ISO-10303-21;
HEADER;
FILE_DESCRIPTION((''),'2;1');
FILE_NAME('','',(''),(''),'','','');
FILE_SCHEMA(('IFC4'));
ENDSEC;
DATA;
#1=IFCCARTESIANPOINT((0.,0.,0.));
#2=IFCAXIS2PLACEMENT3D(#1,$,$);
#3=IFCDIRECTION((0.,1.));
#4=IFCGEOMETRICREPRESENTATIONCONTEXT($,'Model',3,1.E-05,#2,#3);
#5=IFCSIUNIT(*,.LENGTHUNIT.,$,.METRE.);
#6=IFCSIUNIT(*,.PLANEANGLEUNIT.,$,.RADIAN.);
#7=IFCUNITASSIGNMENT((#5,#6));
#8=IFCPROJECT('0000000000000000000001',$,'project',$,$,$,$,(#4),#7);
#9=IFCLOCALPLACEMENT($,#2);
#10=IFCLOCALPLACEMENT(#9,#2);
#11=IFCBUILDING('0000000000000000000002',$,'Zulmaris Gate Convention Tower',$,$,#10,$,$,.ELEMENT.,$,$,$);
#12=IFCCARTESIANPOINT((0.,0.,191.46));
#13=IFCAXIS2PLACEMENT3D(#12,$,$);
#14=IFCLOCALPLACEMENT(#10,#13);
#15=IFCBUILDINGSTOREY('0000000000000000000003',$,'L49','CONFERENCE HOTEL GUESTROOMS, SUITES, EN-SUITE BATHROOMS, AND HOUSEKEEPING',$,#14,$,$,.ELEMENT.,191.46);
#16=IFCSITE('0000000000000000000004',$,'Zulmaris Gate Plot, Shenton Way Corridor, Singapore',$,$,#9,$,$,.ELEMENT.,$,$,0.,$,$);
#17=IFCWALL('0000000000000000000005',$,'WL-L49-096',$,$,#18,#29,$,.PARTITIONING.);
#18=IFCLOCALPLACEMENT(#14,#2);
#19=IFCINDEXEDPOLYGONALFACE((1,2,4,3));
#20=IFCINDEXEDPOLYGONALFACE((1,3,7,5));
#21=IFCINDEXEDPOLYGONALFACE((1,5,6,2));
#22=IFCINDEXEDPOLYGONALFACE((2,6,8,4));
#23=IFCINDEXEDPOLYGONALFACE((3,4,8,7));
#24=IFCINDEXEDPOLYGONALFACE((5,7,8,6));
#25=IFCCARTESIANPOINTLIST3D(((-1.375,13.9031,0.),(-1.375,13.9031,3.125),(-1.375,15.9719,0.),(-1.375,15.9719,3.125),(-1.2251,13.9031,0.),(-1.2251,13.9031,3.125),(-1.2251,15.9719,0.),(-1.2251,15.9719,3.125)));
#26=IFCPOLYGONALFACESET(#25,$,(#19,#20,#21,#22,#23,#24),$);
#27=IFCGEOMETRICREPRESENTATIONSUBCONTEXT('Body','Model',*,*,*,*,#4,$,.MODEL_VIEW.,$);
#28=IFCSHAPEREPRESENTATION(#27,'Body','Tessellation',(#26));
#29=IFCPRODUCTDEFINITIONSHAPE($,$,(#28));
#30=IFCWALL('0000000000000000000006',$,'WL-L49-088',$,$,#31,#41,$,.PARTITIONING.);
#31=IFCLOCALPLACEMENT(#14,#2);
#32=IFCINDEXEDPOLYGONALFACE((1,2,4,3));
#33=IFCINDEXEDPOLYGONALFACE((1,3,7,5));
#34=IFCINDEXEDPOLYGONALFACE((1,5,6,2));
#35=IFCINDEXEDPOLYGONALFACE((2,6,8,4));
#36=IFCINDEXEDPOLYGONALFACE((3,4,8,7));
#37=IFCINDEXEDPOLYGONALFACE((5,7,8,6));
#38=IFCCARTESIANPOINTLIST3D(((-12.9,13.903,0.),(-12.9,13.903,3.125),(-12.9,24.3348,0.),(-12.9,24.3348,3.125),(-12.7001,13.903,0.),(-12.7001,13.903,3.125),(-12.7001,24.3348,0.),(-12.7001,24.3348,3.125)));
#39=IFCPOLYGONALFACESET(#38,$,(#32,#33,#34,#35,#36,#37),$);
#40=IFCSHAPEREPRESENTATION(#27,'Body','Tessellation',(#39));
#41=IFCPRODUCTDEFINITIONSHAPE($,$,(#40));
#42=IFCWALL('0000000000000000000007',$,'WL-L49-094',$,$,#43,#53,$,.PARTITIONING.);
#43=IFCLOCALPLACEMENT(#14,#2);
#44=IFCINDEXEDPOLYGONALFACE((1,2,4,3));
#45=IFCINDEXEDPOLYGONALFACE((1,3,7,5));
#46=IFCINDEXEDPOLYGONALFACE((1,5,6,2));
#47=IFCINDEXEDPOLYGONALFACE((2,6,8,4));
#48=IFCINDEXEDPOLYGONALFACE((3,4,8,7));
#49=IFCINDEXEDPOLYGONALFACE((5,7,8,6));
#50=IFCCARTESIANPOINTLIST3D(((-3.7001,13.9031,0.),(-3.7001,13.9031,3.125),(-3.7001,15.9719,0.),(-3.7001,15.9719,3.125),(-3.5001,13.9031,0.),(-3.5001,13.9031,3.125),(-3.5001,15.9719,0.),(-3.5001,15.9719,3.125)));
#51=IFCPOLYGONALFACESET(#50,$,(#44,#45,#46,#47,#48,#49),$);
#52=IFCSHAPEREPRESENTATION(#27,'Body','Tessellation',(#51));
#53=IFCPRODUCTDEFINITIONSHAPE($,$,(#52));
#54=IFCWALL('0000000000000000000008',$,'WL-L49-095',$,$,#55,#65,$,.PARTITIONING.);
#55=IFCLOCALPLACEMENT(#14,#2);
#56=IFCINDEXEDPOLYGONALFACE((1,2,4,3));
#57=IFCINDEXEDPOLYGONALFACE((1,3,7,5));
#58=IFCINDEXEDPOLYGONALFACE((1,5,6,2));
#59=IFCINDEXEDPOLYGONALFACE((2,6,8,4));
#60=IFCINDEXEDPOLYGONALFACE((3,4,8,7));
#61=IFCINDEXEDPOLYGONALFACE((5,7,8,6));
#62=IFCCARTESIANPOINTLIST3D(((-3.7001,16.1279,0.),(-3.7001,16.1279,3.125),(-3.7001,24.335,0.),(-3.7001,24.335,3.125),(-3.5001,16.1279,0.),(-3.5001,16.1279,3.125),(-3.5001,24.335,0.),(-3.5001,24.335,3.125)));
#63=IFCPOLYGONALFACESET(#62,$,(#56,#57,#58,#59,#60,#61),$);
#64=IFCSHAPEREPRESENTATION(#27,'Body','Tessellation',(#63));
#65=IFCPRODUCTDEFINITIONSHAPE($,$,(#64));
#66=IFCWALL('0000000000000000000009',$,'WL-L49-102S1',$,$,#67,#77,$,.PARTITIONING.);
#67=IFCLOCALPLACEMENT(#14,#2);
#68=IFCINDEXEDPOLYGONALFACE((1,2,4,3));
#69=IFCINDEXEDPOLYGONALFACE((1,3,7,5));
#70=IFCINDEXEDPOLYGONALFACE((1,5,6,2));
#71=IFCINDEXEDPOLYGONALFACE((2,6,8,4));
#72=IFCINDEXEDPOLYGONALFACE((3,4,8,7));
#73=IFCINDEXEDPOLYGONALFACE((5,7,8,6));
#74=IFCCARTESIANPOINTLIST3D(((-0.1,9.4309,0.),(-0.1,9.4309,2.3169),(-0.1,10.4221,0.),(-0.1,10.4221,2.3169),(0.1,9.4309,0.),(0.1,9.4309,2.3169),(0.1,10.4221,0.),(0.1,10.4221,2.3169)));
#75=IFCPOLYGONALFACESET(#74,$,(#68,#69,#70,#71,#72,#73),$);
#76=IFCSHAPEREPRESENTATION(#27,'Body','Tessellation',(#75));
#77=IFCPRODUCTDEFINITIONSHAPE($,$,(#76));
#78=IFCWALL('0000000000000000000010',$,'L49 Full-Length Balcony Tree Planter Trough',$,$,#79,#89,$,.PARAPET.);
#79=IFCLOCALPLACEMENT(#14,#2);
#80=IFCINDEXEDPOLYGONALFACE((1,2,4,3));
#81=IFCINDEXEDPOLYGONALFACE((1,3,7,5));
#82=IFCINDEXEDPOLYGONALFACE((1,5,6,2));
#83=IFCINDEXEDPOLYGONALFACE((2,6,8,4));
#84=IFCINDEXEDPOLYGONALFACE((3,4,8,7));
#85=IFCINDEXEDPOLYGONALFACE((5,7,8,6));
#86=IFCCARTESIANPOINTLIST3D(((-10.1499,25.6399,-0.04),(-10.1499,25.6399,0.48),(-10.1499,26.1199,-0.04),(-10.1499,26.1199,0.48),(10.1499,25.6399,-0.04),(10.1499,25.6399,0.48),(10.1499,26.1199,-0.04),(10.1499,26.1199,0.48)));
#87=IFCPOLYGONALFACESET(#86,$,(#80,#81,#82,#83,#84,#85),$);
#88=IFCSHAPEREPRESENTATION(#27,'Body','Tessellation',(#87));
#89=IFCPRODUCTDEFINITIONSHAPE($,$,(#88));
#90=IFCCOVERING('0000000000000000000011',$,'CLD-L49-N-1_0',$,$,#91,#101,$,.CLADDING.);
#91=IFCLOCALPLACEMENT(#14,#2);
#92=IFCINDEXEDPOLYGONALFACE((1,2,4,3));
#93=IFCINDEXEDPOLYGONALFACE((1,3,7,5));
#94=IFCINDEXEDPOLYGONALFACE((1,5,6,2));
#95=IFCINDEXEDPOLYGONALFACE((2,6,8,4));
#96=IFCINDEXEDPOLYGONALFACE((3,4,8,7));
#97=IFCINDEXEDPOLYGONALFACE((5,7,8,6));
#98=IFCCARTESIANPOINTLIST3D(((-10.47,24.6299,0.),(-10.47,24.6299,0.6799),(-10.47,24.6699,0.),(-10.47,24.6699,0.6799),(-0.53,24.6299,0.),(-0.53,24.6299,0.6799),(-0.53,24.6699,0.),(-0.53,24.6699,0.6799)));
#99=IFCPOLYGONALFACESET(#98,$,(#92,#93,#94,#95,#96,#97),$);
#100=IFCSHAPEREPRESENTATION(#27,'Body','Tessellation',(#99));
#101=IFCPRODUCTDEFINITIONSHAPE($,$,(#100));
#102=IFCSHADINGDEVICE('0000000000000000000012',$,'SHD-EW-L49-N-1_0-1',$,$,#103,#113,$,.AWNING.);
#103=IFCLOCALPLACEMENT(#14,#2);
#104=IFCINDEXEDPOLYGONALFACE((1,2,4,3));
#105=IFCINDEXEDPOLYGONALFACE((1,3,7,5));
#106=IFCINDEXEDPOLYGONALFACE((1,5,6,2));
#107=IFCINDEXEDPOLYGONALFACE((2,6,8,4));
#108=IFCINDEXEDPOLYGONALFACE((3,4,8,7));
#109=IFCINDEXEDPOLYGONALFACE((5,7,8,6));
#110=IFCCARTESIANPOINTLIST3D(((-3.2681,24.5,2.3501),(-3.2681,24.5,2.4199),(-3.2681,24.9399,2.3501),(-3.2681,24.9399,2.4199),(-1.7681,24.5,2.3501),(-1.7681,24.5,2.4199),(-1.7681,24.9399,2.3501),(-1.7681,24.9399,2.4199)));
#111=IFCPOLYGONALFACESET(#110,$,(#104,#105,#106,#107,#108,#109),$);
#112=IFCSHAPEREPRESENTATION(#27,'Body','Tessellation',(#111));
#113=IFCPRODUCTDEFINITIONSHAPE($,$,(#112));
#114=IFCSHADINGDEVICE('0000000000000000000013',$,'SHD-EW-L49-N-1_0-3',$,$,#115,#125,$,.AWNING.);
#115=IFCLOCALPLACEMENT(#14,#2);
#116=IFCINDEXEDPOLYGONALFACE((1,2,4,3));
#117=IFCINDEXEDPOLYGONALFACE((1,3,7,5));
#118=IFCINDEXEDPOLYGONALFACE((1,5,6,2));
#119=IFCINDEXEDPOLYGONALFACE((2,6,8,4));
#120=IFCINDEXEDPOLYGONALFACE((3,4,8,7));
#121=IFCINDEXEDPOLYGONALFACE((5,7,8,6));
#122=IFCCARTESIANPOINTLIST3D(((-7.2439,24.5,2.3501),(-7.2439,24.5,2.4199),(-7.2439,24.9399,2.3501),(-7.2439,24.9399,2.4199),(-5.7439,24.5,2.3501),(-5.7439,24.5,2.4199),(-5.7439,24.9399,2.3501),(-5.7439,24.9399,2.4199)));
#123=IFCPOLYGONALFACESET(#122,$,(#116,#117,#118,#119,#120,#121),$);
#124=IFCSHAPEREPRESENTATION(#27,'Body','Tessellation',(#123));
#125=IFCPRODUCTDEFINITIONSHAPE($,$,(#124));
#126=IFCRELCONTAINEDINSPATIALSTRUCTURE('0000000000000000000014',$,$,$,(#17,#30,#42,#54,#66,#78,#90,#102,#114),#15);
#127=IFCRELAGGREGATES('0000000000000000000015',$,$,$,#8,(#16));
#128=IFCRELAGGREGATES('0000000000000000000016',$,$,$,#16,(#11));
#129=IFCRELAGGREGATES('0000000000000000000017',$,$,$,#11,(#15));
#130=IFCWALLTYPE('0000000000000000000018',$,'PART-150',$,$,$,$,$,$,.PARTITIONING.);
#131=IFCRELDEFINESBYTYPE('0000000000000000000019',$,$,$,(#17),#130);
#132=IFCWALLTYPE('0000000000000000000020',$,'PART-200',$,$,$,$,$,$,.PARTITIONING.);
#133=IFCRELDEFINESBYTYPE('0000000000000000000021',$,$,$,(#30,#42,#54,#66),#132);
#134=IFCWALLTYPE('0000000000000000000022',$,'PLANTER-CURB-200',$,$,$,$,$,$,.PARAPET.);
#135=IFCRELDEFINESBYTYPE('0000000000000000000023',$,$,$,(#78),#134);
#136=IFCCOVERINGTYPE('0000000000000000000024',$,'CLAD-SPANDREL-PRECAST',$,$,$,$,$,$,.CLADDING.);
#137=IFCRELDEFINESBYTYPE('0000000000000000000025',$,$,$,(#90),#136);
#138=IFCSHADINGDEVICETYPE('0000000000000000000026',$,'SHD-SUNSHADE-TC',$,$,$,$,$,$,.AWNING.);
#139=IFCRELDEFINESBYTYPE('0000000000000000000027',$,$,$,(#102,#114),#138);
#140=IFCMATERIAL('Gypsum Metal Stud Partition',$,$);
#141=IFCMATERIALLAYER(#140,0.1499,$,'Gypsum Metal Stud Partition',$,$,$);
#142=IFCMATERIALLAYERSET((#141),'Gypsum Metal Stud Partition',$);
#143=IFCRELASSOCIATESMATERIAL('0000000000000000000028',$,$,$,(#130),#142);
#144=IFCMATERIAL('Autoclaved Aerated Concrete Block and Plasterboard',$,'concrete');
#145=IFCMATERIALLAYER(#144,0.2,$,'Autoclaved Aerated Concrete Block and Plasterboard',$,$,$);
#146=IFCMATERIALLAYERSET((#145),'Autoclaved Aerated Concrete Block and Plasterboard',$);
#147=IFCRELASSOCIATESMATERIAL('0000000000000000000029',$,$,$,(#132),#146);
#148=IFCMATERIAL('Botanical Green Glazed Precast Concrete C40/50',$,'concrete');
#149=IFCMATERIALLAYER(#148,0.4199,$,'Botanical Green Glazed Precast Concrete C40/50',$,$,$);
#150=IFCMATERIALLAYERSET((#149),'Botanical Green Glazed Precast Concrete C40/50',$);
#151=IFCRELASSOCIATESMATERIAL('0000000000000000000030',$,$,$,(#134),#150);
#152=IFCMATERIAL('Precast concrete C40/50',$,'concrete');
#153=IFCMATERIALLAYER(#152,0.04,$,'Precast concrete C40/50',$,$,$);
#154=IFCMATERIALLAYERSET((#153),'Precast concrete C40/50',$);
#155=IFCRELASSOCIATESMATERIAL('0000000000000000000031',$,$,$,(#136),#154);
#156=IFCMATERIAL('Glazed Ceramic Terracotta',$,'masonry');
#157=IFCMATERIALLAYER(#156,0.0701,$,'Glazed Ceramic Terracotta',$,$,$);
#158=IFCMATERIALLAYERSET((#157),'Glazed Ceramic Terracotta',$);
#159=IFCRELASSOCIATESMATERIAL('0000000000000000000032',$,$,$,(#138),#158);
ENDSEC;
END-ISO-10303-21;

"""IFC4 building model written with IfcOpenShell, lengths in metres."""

from ifc_helpers import new_model, si_unit, direction, frame, frame_2d, origin, place, context, subcontext, project, spatial, rectangle, extrude, material, layer, layer_set, type_object, element, save


model = new_model("IFC4")

# Units and contexts
model_context = context("Model", 3, precision=1e-05, world=origin(), true_north=direction((0.0, 1.0)))
body_context = subcontext(model_context, "Body", "Model", "MODEL_VIEW")
ifc_project = project(units=[si_unit("LENGTHUNIT", "METRE"), si_unit("PLANEANGLEUNIT", "RADIAN")], contexts=[model_context])

# Site, building, storey
site_placement = place(None, origin())
site = spatial("IfcSite", under=ifc_project, at=site_placement, Name="Zulmaris Gate Plot, Shenton Way Corridor, Singapore", CompositionType="ELEMENT", RefElevation=0.0)
building_placement = place(site_placement, origin())
building = spatial("IfcBuilding", under=site, at=building_placement, Name="Zulmaris Gate Convention Tower", CompositionType="ELEMENT")
storey_placement = place(building_placement, frame((0.0, 0.0, 191.46)))
storey = spatial("IfcBuildingStorey", under=building, at=storey_placement, Name="L49", Description="CONFERENCE HOTEL GUESTROOMS, SUITES, EN-SUITE BATHROOMS, AND HOUSEKEEPING", CompositionType="ELEMENT", Elevation=191.46)

# Shared definitions
ifc_material_1 = material(Name="Gypsum Metal Stud Partition")
ifc_layer_1 = layer(ifc_material_1, 0.1499, Name="Gypsum Metal Stud Partition")
ifc_layer_set_1 = layer_set([ifc_layer_1], Name="Gypsum Metal Stud Partition")
wall_type_1 = type_object("IfcWallType", Name="PART-150", PredefinedType="PARTITIONING", material=ifc_layer_set_1)

# Walls
wall_1_placement = place(storey_placement, frame((-1.3, 13.9031, 0.0), z_axis=(0.0, 0.0, 1.0), x_axis=(0.0, 1.0, 0.0)))
element("IfcWall", 1, at=wall_1_placement, inside=storey, type_object=wall_type_1, Name="WL-L49-096", PredefinedType="PARTITIONING", context=body_context, shape_type="SweptSolid", body=[
    extrude(rectangle(XDim=2.0688, YDim=0.1499, at=frame_2d((1.0344, 0.0))), origin(), (0.0, 0.0, 1.0), 3.125),
])
ifc_material_2 = material(Name="Autoclaved Aerated Concrete Block and Plasterboard", Category="concrete")
ifc_layer_2 = layer(ifc_material_2, 0.2, Name="Autoclaved Aerated Concrete Block and Plasterboard")
ifc_layer_set_2 = layer_set([ifc_layer_2], Name="Autoclaved Aerated Concrete Block and Plasterboard")
wall_type_2 = type_object("IfcWallType", Name="PART-200", PredefinedType="PARTITIONING", material=ifc_layer_set_2)
wall_2_placement = place(storey_placement, frame((-12.8, 13.9031, 0.0), z_axis=(0.0, 0.0, 1.0), x_axis=(0.0, 1.0, 0.0)))
element("IfcWall", 2, at=wall_2_placement, inside=storey, type_object=wall_type_2, Name="WL-L49-088", PredefinedType="PARTITIONING", context=body_context, shape_type="SweptSolid", body=[
    extrude(rectangle(XDim=10.4319, YDim=0.2, at=frame_2d((5.2158, 0.0))), origin(), (0.0, 0.0, 1.0), 3.125),
])
wall_3_placement = place(storey_placement, frame((-3.6001, 13.9031, 0.0), z_axis=(0.0, 0.0, 1.0), x_axis=(0.0, 1.0, 0.0)))
element("IfcWall", 3, at=wall_3_placement, inside=storey, type_object=wall_type_2, Name="WL-L49-094", PredefinedType="PARTITIONING", context=body_context, shape_type="SweptSolid", body=[
    extrude(rectangle(XDim=2.0688, YDim=0.2, at=frame_2d((1.0344, 0.0))), origin(), (0.0, 0.0, 1.0), 3.125),
])
wall_4_placement = place(storey_placement, frame((-3.6001, 16.1279, 0.0), z_axis=(0.0, 0.0, 1.0), x_axis=(0.0, 1.0, 0.0)))
element("IfcWall", 4, at=wall_4_placement, inside=storey, type_object=wall_type_2, Name="WL-L49-095", PredefinedType="PARTITIONING", context=body_context, shape_type="SweptSolid", body=[
    extrude(rectangle(XDim=8.207, YDim=0.2, at=frame_2d((4.1035, 0.0))), origin(), (0.0, 0.0, 1.0), 3.125),
])
wall_5_placement = place(storey_placement, frame((0.0, 9.4309, 0.0), z_axis=(0.0, 0.0, 1.0), x_axis=(0.0, 1.0, 0.0)))
element("IfcWall", 5, at=wall_5_placement, inside=storey, type_object=wall_type_2, Name="WL-L49-102S1", PredefinedType="PARTITIONING", context=body_context, shape_type="SweptSolid", body=[
    extrude(rectangle(XDim=0.9912, YDim=0.2, at=frame_2d((0.4956, 0.0))), origin(), (0.0, 0.0, 1.0), 2.3169),
])
ifc_material_3 = material(Name="Botanical Green Glazed Precast Concrete C40/50", Category="concrete")
ifc_layer_3 = layer(ifc_material_3, 0.4199, Name="Botanical Green Glazed Precast Concrete C40/50")
ifc_layer_set_3 = layer_set([ifc_layer_3], Name="Botanical Green Glazed Precast Concrete C40/50")
wall_type_3 = type_object("IfcWallType", Name="PLANTER-CURB-200", PredefinedType="PARAPET", material=ifc_layer_set_3)
wall_6_placement = place(storey_placement, frame((-10.1499, 25.8799, -0.04), z_axis=(0.0, 0.0, 1.0), x_axis=(1.0, 0.0, 0.0)))
element("IfcWall", 6, at=wall_6_placement, inside=storey, type_object=wall_type_3, Name="L49 Full-Length Balcony Tree Planter Trough", PredefinedType="PARAPET", context=body_context, shape_type="SweptSolid", body=[
    extrude(rectangle(XDim=20.2998, YDim=0.48, at=frame_2d((10.1499, 0.0))), origin(), (0.0, 0.0, 1.0), 0.52),
])

# Shared definitions
ifc_material_4 = material(Name="Precast concrete C40/50", Category="concrete")

# Covering
ifc_layer_4 = layer(ifc_material_4, 0.04, Name="Precast concrete C40/50")
ifc_layer_set_4 = layer_set([ifc_layer_4], Name="Precast concrete C40/50")
covering_type = type_object("IfcCoveringType", Name="CLAD-SPANDREL-PRECAST", PredefinedType="CLADDING", material=ifc_layer_set_4)
covering_placement = place(storey_placement, frame((-0.53, 24.6499, 0.0), z_axis=(0.0, 0.0, 1.0), x_axis=(-1.0, 0.0, 0.0)))
element("IfcCovering", 7, at=covering_placement, inside=storey, type_object=covering_type, Name="CLD-L49-N-1_0", PredefinedType="CLADDING", context=body_context, shape_type="SweptSolid", body=[
    extrude(rectangle(XDim=9.9399, YDim=0.04, at=frame_2d((4.97, 0.0))), origin(), (0.0, 0.0, 1.0), 0.6799),
])

# Shading devices
ifc_material_5 = material(Name="Glazed Ceramic Terracotta", Category="masonry")
ifc_layer_5 = layer(ifc_material_5, 0.0701, Name="Glazed Ceramic Terracotta")
ifc_layer_set_5 = layer_set([ifc_layer_5], Name="Glazed Ceramic Terracotta")
shading_device_type = type_object("IfcShadingDeviceType", Name="SHD-SUNSHADE-TC", PredefinedType="AWNING", material=ifc_layer_set_5)
for number, where, z_axis, x_axis, name in (
    (8, (-1.7681, 24.72, 2.3501), (0.0, 0.0, 1.0), (-1.0, 0.0, 0.0), "SHD-EW-L49-N-1_0-1"),
    (9, (-5.7439, 24.72, 2.3501), (0.0, 0.0, 1.0), (-1.0, 0.0, 0.0), "SHD-EW-L49-N-1_0-3"),
):
    element("IfcShadingDevice", number, at=place(storey_placement, frame(where, z_axis=z_axis, x_axis=x_axis)), inside=storey, type_object=shading_device_type, Name=name, PredefinedType="AWNING", context=body_context, shape_type="SweptSolid", body=[
        extrude(rectangle(XDim=1.5, YDim=0.4399, at=frame_2d((0.75, 0.0))), origin(), (0.0, 0.0, 1.0), 0.0698),
    ])

save(model, "model.ifc")
